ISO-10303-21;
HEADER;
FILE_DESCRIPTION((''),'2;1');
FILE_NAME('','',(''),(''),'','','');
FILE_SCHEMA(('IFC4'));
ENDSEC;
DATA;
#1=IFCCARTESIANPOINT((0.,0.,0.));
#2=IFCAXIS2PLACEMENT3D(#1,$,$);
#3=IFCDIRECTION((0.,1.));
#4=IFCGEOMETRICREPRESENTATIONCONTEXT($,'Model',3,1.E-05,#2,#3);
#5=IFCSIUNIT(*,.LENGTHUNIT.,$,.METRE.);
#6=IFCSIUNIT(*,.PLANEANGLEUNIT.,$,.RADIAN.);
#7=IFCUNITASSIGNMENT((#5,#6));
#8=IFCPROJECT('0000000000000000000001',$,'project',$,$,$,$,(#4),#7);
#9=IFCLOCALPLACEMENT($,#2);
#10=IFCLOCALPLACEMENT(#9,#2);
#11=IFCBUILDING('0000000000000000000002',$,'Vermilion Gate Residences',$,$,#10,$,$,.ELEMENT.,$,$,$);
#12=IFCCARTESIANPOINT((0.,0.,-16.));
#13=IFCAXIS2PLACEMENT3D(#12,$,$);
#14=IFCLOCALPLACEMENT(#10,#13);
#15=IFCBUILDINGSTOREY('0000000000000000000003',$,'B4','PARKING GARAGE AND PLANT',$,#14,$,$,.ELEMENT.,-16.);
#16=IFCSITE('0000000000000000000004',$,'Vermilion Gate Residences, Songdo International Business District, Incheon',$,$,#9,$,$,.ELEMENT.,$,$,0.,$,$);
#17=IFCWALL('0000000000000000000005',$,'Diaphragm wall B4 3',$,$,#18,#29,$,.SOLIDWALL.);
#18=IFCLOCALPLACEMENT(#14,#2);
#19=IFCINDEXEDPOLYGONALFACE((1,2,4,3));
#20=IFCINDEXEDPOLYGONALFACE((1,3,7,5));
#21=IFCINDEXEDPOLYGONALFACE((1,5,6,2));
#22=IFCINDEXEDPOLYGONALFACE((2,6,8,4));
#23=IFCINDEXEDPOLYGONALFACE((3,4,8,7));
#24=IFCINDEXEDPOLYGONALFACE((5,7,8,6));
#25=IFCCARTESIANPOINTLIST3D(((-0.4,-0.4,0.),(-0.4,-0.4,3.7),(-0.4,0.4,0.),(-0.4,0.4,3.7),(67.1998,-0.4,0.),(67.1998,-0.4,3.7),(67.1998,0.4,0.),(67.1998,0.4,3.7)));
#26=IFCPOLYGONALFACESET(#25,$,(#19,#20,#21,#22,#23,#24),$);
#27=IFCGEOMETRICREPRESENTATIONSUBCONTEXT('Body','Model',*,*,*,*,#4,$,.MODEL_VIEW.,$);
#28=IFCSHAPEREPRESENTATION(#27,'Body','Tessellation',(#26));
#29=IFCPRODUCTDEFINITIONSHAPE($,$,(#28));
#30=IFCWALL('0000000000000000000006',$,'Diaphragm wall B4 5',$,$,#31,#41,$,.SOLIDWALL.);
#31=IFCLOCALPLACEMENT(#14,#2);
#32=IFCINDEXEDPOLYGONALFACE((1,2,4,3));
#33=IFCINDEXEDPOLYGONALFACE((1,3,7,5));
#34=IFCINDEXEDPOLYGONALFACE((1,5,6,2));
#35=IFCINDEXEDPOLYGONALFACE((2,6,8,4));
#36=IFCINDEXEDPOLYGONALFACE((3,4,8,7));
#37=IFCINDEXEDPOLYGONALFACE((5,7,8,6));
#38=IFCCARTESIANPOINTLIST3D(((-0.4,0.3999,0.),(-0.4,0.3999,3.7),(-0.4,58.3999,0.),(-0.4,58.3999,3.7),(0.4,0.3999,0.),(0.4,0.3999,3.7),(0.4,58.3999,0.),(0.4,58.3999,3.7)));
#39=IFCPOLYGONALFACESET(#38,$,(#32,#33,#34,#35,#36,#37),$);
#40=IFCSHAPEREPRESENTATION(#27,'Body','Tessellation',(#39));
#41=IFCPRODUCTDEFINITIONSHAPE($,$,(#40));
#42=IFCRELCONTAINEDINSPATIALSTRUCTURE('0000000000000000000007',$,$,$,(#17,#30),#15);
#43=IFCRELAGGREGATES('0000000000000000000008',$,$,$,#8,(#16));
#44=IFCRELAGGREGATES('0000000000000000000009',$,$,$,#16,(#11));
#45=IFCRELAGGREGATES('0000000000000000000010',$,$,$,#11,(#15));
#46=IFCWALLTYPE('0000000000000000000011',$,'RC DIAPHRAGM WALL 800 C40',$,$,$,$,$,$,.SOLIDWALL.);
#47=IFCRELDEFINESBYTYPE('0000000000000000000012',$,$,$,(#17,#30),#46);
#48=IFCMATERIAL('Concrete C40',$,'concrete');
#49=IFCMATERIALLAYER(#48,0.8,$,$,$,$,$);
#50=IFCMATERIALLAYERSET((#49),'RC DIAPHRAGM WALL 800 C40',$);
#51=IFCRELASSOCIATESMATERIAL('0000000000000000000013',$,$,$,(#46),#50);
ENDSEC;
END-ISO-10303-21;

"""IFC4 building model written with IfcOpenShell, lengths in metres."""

from ifc_helpers import new_model, si_unit, direction, frame, frame_2d, origin, place, context, subcontext, project, spatial, rectangle, extrude, material, layer, layer_set, type_object, element, save


model = new_model("IFC4")

# Units and contexts
model_context = context("Model", 3, precision=1e-05, world=origin(), true_north=direction((0.0, 1.0)))
body_context = subcontext(model_context, "Body", "Model", "MODEL_VIEW")
ifc_project = project(units=[si_unit("LENGTHUNIT", "METRE"), si_unit("PLANEANGLEUNIT", "RADIAN")], contexts=[model_context])

# Site, building, storey
site_placement = place(None, origin())
site = spatial("IfcSite", under=ifc_project, at=site_placement, Name="Vermilion Gate Residences, Songdo International Business District, Incheon", CompositionType="ELEMENT", RefElevation=0.0)
building_placement = place(site_placement, origin())
building = spatial("IfcBuilding", under=site, at=building_placement, Name="Vermilion Gate Residences", CompositionType="ELEMENT")
storey_placement = place(building_placement, frame((0.0, 0.0, -16.0)))
storey = spatial("IfcBuildingStorey", under=building, at=storey_placement, Name="B4", Description="PARKING GARAGE AND PLANT", CompositionType="ELEMENT", Elevation=-16.0)

# Walls
ifc_material_1 = material(Name="Concrete C40", Category="concrete")
ifc_layer_1 = layer(ifc_material_1, 0.8)
ifc_layer_set_1 = layer_set([ifc_layer_1], Name="RC DIAPHRAGM WALL 800 C40")
wall_type_1 = type_object("IfcWallType", Name="RC DIAPHRAGM WALL 800 C40", PredefinedType="SOLIDWALL", material=ifc_layer_set_1)
wall_1_placement = place(storey_placement, frame((-0.3999, 0.0, 0.0), z_axis=(0.0, 0.0, 1.0), x_axis=(1.0, 0.0, 0.0)))
element("IfcWall", 1, at=wall_1_placement, inside=storey, type_object=wall_type_1, Name="Diaphragm wall B4 3", PredefinedType="SOLIDWALL", context=body_context, shape_type="SweptSolid", body=[
    extrude(rectangle(XDim=67.5999, YDim=0.8, at=frame_2d((33.7998, 0.0))), origin(), (0.0, 0.0, 1.0), 3.7),
])
wall_2_placement = place(storey_placement, frame((0.0, 0.3999, 0.0), z_axis=(0.0, 0.0, 1.0), x_axis=(0.0, 1.0, 0.0)))
element("IfcWall", 2, at=wall_2_placement, inside=storey, type_object=wall_type_1, Name="Diaphragm wall B4 5", PredefinedType="SOLIDWALL", context=body_context, shape_type="SweptSolid", body=[
    extrude(rectangle(XDim=58.0, YDim=0.8, at=frame_2d((29.0, 0.0))), origin(), (0.0, 0.0, 1.0), 3.7),
])

save(model, "model.ifc")
